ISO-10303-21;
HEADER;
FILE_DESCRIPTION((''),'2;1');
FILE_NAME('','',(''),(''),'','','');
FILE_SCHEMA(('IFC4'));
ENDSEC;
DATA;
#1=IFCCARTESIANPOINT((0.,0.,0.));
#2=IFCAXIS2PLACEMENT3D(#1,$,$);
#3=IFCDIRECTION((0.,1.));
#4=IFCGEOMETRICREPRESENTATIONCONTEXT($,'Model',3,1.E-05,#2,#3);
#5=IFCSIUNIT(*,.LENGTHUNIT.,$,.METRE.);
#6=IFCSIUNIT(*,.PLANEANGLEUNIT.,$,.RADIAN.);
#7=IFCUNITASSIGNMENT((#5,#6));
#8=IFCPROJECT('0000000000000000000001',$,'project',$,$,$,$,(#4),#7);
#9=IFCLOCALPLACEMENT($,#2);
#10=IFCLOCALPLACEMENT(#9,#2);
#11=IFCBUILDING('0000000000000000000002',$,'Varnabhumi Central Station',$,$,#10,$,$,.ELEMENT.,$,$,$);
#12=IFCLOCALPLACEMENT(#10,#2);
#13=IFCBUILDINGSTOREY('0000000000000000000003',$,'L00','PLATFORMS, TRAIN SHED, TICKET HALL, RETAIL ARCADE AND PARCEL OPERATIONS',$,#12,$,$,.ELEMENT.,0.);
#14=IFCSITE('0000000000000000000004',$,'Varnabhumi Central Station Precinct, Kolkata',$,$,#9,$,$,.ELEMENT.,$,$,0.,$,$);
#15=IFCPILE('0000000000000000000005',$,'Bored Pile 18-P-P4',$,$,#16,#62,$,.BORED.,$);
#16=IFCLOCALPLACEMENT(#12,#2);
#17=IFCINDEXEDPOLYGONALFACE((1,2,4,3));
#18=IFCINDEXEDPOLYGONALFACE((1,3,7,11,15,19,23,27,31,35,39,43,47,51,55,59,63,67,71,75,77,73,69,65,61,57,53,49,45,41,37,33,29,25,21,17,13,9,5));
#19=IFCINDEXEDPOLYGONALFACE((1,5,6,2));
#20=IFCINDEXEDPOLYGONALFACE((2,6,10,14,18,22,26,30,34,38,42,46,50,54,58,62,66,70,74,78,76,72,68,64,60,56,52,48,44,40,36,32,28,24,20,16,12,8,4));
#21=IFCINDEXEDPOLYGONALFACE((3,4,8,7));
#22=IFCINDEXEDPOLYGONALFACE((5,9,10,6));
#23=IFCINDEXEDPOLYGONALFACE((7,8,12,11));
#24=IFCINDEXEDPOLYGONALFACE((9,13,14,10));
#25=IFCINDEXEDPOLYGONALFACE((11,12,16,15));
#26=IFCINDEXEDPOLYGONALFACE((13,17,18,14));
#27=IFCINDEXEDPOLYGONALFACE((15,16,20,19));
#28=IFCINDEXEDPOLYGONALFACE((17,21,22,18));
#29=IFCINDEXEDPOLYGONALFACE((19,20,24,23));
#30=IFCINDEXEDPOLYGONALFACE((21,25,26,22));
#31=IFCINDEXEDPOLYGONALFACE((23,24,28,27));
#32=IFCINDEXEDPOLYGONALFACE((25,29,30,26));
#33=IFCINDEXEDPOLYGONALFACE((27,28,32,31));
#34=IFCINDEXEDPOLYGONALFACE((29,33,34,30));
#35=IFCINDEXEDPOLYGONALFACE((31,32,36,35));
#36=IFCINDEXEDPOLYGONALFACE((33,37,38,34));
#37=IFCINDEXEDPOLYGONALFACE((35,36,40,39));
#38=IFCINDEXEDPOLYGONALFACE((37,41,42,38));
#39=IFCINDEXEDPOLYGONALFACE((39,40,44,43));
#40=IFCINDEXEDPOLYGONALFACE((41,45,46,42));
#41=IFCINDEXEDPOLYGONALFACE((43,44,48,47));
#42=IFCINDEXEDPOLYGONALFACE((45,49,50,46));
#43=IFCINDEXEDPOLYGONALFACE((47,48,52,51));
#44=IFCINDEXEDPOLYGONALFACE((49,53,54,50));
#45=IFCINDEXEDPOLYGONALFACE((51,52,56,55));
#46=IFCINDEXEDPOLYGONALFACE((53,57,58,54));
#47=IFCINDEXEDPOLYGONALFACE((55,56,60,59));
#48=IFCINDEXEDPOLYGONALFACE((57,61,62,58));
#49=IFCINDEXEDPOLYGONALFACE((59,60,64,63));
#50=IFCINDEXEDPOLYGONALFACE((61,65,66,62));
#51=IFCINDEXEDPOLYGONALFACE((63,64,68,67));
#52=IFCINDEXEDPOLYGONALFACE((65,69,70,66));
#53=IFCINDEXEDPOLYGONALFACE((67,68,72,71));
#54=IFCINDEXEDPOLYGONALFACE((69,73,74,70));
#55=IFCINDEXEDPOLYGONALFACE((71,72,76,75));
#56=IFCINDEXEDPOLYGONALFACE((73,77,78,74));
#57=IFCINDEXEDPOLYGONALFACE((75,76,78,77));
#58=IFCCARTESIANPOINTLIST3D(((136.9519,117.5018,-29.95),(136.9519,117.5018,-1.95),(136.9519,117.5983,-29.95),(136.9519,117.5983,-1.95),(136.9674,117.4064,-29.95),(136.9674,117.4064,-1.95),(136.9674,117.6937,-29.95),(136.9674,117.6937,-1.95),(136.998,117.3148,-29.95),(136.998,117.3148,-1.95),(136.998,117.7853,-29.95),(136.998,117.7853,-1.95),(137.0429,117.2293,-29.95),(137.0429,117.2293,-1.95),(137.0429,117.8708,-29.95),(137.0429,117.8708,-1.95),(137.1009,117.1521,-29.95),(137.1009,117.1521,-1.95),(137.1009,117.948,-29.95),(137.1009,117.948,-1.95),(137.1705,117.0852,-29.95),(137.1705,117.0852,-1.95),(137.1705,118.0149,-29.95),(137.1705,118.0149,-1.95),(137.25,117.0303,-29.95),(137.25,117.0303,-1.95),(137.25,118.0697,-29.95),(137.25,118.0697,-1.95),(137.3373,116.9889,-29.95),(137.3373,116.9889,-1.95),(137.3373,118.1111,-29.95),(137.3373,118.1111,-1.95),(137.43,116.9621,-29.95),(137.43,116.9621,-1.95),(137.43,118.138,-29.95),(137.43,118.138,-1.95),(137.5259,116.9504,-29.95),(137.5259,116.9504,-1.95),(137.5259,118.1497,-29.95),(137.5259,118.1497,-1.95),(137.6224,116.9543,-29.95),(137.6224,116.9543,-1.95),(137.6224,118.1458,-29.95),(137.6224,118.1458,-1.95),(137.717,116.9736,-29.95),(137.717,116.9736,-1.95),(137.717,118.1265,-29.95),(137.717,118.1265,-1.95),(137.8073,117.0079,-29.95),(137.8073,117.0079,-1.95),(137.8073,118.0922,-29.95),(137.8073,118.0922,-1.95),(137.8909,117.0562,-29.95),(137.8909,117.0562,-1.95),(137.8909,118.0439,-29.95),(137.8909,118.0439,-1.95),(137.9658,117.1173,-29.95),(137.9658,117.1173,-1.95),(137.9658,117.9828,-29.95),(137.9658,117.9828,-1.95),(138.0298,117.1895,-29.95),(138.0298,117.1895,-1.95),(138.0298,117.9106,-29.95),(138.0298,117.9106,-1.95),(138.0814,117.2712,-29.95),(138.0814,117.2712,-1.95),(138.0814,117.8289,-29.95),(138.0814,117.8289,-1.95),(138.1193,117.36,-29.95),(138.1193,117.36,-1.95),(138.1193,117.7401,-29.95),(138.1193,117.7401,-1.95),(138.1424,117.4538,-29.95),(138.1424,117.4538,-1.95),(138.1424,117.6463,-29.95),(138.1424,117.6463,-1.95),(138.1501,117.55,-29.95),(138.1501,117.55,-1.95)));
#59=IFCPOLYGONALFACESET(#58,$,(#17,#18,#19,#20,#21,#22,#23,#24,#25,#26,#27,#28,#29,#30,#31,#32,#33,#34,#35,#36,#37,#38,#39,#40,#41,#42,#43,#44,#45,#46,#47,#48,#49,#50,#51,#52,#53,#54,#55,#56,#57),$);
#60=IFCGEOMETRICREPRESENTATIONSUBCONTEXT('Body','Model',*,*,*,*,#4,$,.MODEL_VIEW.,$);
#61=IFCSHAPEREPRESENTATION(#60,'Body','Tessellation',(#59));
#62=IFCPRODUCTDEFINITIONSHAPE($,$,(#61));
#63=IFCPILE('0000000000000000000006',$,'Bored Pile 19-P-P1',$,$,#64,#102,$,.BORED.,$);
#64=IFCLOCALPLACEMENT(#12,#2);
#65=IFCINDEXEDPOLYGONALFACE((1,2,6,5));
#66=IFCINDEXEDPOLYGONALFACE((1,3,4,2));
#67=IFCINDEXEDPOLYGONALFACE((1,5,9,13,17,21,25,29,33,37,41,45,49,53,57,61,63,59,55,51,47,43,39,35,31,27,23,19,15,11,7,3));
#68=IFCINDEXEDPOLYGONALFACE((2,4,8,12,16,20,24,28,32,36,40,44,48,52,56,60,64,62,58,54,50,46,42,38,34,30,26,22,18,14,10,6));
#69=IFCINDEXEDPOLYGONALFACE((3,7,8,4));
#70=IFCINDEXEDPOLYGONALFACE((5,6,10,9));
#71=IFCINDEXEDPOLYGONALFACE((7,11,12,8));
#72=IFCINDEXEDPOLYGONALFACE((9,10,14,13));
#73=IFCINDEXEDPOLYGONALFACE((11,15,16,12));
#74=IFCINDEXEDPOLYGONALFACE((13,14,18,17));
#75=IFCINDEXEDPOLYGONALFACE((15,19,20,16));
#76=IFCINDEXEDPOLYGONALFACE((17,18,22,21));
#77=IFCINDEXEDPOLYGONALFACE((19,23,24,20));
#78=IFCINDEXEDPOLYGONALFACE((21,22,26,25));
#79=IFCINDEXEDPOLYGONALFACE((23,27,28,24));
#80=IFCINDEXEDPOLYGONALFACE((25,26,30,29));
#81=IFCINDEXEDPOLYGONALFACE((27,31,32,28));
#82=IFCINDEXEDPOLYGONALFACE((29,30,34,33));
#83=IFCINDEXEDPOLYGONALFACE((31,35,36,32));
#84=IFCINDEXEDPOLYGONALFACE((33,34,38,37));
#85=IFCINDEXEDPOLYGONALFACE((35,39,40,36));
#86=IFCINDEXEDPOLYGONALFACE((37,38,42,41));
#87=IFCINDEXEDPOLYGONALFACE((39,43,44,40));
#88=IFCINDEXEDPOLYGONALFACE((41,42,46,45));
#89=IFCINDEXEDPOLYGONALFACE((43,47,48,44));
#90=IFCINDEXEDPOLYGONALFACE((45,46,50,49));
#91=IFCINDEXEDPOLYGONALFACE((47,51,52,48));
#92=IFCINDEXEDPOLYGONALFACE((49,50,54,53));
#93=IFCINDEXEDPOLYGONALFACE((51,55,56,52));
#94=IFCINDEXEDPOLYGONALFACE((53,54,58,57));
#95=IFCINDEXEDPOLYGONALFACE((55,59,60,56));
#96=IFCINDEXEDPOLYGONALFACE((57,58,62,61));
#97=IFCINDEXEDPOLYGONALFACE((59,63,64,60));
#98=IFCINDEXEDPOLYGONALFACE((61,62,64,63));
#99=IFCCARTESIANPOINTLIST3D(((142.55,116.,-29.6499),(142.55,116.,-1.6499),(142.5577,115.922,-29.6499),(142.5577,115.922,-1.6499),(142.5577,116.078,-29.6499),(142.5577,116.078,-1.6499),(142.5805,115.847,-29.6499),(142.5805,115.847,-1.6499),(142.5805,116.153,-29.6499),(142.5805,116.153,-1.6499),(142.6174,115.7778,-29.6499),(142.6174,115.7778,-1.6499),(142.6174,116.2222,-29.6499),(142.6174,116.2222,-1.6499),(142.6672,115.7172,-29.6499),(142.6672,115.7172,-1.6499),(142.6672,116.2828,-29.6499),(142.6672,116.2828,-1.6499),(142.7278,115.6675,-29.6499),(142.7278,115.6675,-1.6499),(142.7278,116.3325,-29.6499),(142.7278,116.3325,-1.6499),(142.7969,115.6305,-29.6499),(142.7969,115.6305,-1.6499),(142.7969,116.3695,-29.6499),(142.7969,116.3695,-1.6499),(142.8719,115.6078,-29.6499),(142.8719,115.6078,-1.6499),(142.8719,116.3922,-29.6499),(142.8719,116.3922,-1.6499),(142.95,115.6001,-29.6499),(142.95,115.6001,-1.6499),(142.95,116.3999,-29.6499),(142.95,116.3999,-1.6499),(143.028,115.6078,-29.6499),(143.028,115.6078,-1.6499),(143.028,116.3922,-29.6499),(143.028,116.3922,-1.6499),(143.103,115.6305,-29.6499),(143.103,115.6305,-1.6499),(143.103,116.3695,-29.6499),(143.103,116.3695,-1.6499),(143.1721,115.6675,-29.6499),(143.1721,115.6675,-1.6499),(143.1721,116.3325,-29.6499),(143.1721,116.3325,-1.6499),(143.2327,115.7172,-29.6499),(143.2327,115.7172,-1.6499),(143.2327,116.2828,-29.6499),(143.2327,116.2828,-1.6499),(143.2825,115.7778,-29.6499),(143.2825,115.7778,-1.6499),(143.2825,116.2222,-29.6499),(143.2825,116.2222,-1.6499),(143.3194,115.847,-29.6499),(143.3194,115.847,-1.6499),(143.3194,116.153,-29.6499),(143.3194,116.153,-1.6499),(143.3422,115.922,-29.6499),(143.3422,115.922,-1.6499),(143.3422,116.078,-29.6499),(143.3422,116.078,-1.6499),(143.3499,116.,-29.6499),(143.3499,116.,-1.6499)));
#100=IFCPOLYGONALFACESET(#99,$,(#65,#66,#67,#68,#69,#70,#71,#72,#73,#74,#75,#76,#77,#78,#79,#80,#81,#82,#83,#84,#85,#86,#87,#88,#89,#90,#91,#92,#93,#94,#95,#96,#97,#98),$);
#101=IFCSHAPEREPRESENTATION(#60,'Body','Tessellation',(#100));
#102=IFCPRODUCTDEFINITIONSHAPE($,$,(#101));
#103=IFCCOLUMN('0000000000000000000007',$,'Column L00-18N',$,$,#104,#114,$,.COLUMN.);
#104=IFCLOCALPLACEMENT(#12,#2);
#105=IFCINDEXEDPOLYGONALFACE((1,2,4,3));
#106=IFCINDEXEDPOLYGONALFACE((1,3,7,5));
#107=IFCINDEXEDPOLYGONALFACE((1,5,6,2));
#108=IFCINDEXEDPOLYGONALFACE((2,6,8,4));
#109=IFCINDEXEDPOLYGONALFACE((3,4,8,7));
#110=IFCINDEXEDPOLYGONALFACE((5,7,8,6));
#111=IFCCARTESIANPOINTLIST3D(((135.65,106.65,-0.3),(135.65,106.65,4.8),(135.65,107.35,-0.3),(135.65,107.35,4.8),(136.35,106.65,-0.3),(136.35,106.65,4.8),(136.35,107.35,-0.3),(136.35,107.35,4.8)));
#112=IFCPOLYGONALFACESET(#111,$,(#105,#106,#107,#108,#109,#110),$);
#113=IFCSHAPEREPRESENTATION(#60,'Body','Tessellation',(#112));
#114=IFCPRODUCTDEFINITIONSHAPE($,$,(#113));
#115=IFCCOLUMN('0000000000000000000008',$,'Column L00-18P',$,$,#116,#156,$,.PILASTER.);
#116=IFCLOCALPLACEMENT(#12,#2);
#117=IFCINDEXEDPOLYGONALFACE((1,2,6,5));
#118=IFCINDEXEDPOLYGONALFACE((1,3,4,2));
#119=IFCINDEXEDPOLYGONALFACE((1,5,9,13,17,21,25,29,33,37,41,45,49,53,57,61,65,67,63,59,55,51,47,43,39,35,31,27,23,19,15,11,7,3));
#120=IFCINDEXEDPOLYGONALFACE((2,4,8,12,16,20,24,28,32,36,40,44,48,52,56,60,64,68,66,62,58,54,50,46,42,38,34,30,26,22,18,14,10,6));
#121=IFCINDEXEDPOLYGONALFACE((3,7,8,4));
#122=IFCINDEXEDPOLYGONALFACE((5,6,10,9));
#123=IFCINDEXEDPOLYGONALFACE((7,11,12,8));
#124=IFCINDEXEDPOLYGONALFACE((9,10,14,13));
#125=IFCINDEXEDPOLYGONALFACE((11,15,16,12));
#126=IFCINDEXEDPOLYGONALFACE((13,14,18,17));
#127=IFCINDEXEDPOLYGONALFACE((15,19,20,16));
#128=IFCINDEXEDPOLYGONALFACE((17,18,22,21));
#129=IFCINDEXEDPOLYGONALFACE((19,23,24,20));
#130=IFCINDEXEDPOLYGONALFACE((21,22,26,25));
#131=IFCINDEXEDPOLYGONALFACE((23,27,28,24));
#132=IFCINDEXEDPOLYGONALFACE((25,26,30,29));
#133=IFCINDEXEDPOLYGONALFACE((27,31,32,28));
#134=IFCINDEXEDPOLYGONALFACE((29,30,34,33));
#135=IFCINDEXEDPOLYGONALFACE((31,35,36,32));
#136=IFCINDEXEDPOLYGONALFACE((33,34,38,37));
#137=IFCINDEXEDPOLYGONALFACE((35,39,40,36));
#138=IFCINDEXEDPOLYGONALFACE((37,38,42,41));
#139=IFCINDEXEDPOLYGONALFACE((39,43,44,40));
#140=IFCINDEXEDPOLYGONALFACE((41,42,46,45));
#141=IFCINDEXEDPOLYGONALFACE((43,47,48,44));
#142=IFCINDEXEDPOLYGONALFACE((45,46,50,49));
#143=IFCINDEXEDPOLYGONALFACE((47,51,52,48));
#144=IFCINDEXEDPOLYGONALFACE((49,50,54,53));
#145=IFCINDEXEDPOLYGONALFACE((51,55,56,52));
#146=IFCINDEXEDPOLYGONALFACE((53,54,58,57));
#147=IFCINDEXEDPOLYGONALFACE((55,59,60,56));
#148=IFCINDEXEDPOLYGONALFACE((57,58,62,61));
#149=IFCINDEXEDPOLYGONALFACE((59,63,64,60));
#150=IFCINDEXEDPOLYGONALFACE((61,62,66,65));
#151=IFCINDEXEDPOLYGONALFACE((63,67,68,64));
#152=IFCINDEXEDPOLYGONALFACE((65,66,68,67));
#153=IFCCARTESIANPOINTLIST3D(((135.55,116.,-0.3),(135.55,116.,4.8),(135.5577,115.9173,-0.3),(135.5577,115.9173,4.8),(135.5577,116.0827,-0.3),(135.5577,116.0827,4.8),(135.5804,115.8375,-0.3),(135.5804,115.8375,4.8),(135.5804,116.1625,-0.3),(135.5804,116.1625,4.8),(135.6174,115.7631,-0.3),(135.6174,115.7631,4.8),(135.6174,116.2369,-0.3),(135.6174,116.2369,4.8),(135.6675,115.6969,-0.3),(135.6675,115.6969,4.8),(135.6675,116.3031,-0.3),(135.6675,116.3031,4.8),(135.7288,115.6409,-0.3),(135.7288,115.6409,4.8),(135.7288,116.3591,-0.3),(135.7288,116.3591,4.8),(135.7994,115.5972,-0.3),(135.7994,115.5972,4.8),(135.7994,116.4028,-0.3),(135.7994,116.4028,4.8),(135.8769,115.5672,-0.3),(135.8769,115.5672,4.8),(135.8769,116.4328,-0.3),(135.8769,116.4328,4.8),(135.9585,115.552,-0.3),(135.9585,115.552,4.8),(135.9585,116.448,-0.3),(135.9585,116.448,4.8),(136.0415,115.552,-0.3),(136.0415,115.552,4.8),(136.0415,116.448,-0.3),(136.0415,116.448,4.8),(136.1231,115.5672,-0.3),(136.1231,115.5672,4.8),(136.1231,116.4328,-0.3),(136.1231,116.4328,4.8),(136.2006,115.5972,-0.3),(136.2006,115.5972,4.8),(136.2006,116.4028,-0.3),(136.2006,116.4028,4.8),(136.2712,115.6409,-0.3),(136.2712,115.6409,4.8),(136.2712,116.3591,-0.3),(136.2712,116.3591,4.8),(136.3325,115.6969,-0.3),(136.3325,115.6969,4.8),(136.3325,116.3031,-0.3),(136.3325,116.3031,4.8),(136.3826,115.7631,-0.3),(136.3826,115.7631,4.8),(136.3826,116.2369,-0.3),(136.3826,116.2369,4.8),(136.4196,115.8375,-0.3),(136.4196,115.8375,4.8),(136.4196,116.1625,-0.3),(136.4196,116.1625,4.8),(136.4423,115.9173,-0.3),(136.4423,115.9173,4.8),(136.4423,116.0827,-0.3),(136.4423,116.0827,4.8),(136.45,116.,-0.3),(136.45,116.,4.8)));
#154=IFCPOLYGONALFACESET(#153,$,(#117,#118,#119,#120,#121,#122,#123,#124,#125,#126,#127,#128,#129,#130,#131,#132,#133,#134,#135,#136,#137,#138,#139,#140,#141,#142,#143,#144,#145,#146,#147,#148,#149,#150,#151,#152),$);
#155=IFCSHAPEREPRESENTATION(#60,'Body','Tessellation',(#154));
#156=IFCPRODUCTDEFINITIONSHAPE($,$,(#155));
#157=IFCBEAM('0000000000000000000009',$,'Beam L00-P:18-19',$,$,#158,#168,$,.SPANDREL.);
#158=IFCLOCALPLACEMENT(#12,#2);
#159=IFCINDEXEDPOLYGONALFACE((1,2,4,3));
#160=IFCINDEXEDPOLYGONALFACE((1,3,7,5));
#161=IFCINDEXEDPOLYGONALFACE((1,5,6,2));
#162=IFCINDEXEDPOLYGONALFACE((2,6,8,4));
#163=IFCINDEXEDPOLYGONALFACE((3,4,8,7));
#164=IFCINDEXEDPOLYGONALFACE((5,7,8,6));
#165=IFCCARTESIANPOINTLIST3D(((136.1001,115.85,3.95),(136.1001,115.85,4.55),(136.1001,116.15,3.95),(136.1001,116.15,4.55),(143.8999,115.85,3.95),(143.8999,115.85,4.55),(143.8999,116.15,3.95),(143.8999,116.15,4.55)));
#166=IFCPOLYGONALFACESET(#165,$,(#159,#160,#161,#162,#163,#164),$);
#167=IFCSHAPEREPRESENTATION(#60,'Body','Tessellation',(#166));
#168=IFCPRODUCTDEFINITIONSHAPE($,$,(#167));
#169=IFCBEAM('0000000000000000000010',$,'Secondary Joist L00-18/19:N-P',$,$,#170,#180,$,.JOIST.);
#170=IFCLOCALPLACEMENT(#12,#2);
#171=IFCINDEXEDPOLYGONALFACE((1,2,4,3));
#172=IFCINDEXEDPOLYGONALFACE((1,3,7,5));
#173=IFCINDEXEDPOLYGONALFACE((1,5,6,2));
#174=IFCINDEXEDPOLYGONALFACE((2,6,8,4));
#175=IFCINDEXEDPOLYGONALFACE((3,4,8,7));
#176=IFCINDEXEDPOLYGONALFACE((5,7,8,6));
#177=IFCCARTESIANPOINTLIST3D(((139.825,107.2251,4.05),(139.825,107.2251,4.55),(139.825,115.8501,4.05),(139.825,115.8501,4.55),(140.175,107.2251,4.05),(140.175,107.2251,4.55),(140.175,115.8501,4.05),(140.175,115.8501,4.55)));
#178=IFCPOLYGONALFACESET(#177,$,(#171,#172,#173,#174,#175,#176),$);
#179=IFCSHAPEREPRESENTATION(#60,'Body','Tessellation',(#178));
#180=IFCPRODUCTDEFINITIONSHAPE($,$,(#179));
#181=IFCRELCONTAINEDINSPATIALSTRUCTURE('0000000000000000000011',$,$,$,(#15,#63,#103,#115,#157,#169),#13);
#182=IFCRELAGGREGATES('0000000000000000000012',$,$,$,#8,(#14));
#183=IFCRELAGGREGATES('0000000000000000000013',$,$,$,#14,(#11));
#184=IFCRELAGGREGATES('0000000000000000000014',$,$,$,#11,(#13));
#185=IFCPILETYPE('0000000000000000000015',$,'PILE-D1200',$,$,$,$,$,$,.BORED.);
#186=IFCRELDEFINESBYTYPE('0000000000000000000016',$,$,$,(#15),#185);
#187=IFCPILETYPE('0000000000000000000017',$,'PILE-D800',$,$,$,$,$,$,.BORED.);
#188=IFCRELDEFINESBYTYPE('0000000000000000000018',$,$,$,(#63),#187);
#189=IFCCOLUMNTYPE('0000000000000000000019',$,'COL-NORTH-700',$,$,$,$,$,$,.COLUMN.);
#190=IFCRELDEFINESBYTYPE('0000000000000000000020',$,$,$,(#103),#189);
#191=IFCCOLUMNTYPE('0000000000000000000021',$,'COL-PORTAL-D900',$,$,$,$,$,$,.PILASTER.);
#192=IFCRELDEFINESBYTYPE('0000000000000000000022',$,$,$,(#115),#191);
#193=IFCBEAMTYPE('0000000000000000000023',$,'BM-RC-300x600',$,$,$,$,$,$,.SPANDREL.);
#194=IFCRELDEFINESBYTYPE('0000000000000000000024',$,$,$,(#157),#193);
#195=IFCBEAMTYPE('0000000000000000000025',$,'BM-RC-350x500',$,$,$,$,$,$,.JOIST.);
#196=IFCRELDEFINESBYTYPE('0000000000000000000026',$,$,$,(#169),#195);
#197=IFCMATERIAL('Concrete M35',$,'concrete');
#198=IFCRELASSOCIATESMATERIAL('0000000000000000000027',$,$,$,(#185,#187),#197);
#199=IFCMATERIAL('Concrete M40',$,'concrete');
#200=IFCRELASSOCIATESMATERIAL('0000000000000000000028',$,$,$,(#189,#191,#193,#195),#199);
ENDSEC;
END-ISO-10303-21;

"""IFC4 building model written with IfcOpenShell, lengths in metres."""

from ifc_helpers import new_model, si_unit, direction, frame, origin, origin_2d, place, context, subcontext, project, spatial, rectangle, circle, extrude, material, material_profile, profile_set, type_object, element, save


model = new_model("IFC4")

# Units and contexts
model_context = context("Model", 3, precision=1e-05, world=origin(), true_north=direction((0.0, 1.0)))
body_context = subcontext(model_context, "Body", "Model", "MODEL_VIEW")
ifc_project = project(units=[si_unit("LENGTHUNIT", "METRE"), si_unit("PLANEANGLEUNIT", "RADIAN")], contexts=[model_context])

# Site, building, storey
site_placement = place(None, origin())
site = spatial("IfcSite", under=ifc_project, at=site_placement, Name="Varnabhumi Central Station Precinct, Kolkata", CompositionType="ELEMENT", RefElevation=0.0)
building_placement = place(site_placement, origin())
building = spatial("IfcBuilding", under=site, at=building_placement, Name="Varnabhumi Central Station", CompositionType="ELEMENT")
storey_placement = place(building_placement, origin())
storey = spatial("IfcBuildingStorey", under=building, at=storey_placement, Name="L00", Description="PLATFORMS, TRAIN SHED, TICKET HALL, RETAIL ARCADE AND PARCEL OPERATIONS", CompositionType="ELEMENT", Elevation=0.0)

# Shared definitions
ifc_material_1 = material(Name="Concrete M40", Category="concrete")

# Piles
ifc_material_2 = material(Name="Concrete M35", Category="concrete")
ifc_material_profile_1 = material_profile(ifc_material_2, circle(Radius=0.6001, at=origin_2d()), Name="Concrete M35", Category="concrete")
ifc_profile_set_1 = profile_set([ifc_material_profile_1], Name="Concrete M35")
pile_type_1 = type_object("IfcPileType", Name="PILE-D1200", PredefinedType="BORED", material=ifc_profile_set_1)
for number, where, z_axis, x_axis, name in (
    (1, (137.55, 117.55, -1.95), (0.0, 0.0, -1.0), (1.0, 0.0, 0.0), "Bored Pile 18-P-P4"),
):
    element("IfcPile", number, at=place(storey_placement, frame(where, z_axis=z_axis, x_axis=x_axis)), inside=storey, type_object=pile_type_1, Name=name, PredefinedType="BORED", context=body_context, shape_type="SweptSolid", body=[
        extrude(circle(Radius=0.6001, at=origin_2d()), origin(), (0.0, 0.0, 1.0), 28.0),
    ])
ifc_material_profile_2 = material_profile(ifc_material_2, circle(Radius=0.3999, at=origin_2d()), Name="Concrete M35", Category="concrete")
ifc_profile_set_2 = profile_set([ifc_material_profile_2], Name="Concrete M35")
pile_type_2 = type_object("IfcPileType", Name="PILE-D800", PredefinedType="BORED", material=ifc_profile_set_2)
pile_1_placement = place(storey_placement, frame((142.95, 116.0, -1.6499), z_axis=(0.0, 0.0, -1.0), x_axis=(1.0, 0.0, 0.0)))
element("IfcPile", 2, at=pile_1_placement, inside=storey, type_object=pile_type_2, Name="Bored Pile 19-P-P1", PredefinedType="BORED", context=body_context, shape_type="SweptSolid", body=[
    extrude(circle(Radius=0.3999, at=origin_2d()), origin(), (0.0, 0.0, 1.0), 28.0),
])

# Columns
ifc_material_profile_3 = material_profile(ifc_material_1, rectangle(XDim=0.7, YDim=0.7, at=origin_2d()), Name="Concrete M40", Category="concrete")
ifc_profile_set_3 = profile_set([ifc_material_profile_3], Name="Concrete M40")
column_type_1 = type_object("IfcColumnType", Name="COL-NORTH-700", PredefinedType="COLUMN", material=ifc_profile_set_3)
column_1_placement = place(storey_placement, frame((136.0, 107.0, -0.3), z_axis=(0.0, 0.0, 1.0), x_axis=(1.0, 0.0, 0.0)))
element("IfcColumn", 3, at=column_1_placement, inside=storey, type_object=column_type_1, Name="Column L00-18N", PredefinedType="COLUMN", context=body_context, shape_type="SweptSolid", body=[
    extrude(rectangle(XDim=0.7, YDim=0.7, at=origin_2d()), origin(), (0.0, 0.0, 1.0), 5.1001),
])
ifc_material_profile_4 = material_profile(ifc_material_1, circle(Radius=0.45, at=origin_2d()), Name="Concrete M40", Category="concrete")
ifc_profile_set_4 = profile_set([ifc_material_profile_4], Name="Concrete M40")
column_type_2 = type_object("IfcColumnType", Name="COL-PORTAL-D900", PredefinedType="PILASTER", material=ifc_profile_set_4)
column_2_placement = place(storey_placement, frame((136.0, 116.0, -0.3), z_axis=(0.0, 0.0, 1.0), x_axis=(1.0, 0.0, 0.0)))
element("IfcColumn", 4, at=column_2_placement, inside=storey, type_object=column_type_2, Name="Column L00-18P", PredefinedType="PILASTER", context=body_context, shape_type="SweptSolid", body=[
    extrude(circle(Radius=0.45, at=origin_2d()), origin(), (0.0, 0.0, 1.0), 5.1001),
])

# Beams
ifc_material_profile_5 = material_profile(ifc_material_1, rectangle(XDim=0.3, YDim=0.6001, at=origin_2d()), Name="Concrete M40", Category="concrete")
ifc_profile_set_5 = profile_set([ifc_material_profile_5], Name="Concrete M40")
beam_type_1 = type_object("IfcBeamType", Name="BM-RC-300x600", PredefinedType="SPANDREL", material=ifc_profile_set_5)
beam_1_placement = place(storey_placement, frame((136.1001, 116.0, 4.25), z_axis=(1.0, 0.0, 0.0), x_axis=(0.0, 1.0, 0.0)))
element("IfcBeam", 5, at=beam_1_placement, inside=storey, type_object=beam_type_1, Name="Beam L00-P:18-19", PredefinedType="SPANDREL", context=body_context, shape_type="SweptSolid", body=[
    extrude(rectangle(XDim=0.3, YDim=0.6001, at=origin_2d()), origin(), (0.0, 0.0, 1.0), 7.7998),
])
ifc_material_profile_6 = material_profile(ifc_material_1, rectangle(XDim=0.3501, YDim=0.5, at=origin_2d()), Name="Concrete M40", Category="concrete")
ifc_profile_set_6 = profile_set([ifc_material_profile_6], Name="Concrete M40")
beam_type_2 = type_object("IfcBeamType", Name="BM-RC-350x500", PredefinedType="JOIST", material=ifc_profile_set_6)
beam_2_placement = place(storey_placement, frame((140.0, 107.2251, 4.3), z_axis=(0.0, 1.0, 0.0), x_axis=(-1.0, 0.0, 0.0)))
element("IfcBeam", 6, at=beam_2_placement, inside=storey, type_object=beam_type_2, Name="Secondary Joist L00-18/19:N-P", PredefinedType="JOIST", context=body_context, shape_type="SweptSolid", body=[
    extrude(rectangle(XDim=0.3501, YDim=0.5, at=origin_2d()), origin(), (0.0, 0.0, 1.0), 8.625),
])

save(model, "model.ifc")
